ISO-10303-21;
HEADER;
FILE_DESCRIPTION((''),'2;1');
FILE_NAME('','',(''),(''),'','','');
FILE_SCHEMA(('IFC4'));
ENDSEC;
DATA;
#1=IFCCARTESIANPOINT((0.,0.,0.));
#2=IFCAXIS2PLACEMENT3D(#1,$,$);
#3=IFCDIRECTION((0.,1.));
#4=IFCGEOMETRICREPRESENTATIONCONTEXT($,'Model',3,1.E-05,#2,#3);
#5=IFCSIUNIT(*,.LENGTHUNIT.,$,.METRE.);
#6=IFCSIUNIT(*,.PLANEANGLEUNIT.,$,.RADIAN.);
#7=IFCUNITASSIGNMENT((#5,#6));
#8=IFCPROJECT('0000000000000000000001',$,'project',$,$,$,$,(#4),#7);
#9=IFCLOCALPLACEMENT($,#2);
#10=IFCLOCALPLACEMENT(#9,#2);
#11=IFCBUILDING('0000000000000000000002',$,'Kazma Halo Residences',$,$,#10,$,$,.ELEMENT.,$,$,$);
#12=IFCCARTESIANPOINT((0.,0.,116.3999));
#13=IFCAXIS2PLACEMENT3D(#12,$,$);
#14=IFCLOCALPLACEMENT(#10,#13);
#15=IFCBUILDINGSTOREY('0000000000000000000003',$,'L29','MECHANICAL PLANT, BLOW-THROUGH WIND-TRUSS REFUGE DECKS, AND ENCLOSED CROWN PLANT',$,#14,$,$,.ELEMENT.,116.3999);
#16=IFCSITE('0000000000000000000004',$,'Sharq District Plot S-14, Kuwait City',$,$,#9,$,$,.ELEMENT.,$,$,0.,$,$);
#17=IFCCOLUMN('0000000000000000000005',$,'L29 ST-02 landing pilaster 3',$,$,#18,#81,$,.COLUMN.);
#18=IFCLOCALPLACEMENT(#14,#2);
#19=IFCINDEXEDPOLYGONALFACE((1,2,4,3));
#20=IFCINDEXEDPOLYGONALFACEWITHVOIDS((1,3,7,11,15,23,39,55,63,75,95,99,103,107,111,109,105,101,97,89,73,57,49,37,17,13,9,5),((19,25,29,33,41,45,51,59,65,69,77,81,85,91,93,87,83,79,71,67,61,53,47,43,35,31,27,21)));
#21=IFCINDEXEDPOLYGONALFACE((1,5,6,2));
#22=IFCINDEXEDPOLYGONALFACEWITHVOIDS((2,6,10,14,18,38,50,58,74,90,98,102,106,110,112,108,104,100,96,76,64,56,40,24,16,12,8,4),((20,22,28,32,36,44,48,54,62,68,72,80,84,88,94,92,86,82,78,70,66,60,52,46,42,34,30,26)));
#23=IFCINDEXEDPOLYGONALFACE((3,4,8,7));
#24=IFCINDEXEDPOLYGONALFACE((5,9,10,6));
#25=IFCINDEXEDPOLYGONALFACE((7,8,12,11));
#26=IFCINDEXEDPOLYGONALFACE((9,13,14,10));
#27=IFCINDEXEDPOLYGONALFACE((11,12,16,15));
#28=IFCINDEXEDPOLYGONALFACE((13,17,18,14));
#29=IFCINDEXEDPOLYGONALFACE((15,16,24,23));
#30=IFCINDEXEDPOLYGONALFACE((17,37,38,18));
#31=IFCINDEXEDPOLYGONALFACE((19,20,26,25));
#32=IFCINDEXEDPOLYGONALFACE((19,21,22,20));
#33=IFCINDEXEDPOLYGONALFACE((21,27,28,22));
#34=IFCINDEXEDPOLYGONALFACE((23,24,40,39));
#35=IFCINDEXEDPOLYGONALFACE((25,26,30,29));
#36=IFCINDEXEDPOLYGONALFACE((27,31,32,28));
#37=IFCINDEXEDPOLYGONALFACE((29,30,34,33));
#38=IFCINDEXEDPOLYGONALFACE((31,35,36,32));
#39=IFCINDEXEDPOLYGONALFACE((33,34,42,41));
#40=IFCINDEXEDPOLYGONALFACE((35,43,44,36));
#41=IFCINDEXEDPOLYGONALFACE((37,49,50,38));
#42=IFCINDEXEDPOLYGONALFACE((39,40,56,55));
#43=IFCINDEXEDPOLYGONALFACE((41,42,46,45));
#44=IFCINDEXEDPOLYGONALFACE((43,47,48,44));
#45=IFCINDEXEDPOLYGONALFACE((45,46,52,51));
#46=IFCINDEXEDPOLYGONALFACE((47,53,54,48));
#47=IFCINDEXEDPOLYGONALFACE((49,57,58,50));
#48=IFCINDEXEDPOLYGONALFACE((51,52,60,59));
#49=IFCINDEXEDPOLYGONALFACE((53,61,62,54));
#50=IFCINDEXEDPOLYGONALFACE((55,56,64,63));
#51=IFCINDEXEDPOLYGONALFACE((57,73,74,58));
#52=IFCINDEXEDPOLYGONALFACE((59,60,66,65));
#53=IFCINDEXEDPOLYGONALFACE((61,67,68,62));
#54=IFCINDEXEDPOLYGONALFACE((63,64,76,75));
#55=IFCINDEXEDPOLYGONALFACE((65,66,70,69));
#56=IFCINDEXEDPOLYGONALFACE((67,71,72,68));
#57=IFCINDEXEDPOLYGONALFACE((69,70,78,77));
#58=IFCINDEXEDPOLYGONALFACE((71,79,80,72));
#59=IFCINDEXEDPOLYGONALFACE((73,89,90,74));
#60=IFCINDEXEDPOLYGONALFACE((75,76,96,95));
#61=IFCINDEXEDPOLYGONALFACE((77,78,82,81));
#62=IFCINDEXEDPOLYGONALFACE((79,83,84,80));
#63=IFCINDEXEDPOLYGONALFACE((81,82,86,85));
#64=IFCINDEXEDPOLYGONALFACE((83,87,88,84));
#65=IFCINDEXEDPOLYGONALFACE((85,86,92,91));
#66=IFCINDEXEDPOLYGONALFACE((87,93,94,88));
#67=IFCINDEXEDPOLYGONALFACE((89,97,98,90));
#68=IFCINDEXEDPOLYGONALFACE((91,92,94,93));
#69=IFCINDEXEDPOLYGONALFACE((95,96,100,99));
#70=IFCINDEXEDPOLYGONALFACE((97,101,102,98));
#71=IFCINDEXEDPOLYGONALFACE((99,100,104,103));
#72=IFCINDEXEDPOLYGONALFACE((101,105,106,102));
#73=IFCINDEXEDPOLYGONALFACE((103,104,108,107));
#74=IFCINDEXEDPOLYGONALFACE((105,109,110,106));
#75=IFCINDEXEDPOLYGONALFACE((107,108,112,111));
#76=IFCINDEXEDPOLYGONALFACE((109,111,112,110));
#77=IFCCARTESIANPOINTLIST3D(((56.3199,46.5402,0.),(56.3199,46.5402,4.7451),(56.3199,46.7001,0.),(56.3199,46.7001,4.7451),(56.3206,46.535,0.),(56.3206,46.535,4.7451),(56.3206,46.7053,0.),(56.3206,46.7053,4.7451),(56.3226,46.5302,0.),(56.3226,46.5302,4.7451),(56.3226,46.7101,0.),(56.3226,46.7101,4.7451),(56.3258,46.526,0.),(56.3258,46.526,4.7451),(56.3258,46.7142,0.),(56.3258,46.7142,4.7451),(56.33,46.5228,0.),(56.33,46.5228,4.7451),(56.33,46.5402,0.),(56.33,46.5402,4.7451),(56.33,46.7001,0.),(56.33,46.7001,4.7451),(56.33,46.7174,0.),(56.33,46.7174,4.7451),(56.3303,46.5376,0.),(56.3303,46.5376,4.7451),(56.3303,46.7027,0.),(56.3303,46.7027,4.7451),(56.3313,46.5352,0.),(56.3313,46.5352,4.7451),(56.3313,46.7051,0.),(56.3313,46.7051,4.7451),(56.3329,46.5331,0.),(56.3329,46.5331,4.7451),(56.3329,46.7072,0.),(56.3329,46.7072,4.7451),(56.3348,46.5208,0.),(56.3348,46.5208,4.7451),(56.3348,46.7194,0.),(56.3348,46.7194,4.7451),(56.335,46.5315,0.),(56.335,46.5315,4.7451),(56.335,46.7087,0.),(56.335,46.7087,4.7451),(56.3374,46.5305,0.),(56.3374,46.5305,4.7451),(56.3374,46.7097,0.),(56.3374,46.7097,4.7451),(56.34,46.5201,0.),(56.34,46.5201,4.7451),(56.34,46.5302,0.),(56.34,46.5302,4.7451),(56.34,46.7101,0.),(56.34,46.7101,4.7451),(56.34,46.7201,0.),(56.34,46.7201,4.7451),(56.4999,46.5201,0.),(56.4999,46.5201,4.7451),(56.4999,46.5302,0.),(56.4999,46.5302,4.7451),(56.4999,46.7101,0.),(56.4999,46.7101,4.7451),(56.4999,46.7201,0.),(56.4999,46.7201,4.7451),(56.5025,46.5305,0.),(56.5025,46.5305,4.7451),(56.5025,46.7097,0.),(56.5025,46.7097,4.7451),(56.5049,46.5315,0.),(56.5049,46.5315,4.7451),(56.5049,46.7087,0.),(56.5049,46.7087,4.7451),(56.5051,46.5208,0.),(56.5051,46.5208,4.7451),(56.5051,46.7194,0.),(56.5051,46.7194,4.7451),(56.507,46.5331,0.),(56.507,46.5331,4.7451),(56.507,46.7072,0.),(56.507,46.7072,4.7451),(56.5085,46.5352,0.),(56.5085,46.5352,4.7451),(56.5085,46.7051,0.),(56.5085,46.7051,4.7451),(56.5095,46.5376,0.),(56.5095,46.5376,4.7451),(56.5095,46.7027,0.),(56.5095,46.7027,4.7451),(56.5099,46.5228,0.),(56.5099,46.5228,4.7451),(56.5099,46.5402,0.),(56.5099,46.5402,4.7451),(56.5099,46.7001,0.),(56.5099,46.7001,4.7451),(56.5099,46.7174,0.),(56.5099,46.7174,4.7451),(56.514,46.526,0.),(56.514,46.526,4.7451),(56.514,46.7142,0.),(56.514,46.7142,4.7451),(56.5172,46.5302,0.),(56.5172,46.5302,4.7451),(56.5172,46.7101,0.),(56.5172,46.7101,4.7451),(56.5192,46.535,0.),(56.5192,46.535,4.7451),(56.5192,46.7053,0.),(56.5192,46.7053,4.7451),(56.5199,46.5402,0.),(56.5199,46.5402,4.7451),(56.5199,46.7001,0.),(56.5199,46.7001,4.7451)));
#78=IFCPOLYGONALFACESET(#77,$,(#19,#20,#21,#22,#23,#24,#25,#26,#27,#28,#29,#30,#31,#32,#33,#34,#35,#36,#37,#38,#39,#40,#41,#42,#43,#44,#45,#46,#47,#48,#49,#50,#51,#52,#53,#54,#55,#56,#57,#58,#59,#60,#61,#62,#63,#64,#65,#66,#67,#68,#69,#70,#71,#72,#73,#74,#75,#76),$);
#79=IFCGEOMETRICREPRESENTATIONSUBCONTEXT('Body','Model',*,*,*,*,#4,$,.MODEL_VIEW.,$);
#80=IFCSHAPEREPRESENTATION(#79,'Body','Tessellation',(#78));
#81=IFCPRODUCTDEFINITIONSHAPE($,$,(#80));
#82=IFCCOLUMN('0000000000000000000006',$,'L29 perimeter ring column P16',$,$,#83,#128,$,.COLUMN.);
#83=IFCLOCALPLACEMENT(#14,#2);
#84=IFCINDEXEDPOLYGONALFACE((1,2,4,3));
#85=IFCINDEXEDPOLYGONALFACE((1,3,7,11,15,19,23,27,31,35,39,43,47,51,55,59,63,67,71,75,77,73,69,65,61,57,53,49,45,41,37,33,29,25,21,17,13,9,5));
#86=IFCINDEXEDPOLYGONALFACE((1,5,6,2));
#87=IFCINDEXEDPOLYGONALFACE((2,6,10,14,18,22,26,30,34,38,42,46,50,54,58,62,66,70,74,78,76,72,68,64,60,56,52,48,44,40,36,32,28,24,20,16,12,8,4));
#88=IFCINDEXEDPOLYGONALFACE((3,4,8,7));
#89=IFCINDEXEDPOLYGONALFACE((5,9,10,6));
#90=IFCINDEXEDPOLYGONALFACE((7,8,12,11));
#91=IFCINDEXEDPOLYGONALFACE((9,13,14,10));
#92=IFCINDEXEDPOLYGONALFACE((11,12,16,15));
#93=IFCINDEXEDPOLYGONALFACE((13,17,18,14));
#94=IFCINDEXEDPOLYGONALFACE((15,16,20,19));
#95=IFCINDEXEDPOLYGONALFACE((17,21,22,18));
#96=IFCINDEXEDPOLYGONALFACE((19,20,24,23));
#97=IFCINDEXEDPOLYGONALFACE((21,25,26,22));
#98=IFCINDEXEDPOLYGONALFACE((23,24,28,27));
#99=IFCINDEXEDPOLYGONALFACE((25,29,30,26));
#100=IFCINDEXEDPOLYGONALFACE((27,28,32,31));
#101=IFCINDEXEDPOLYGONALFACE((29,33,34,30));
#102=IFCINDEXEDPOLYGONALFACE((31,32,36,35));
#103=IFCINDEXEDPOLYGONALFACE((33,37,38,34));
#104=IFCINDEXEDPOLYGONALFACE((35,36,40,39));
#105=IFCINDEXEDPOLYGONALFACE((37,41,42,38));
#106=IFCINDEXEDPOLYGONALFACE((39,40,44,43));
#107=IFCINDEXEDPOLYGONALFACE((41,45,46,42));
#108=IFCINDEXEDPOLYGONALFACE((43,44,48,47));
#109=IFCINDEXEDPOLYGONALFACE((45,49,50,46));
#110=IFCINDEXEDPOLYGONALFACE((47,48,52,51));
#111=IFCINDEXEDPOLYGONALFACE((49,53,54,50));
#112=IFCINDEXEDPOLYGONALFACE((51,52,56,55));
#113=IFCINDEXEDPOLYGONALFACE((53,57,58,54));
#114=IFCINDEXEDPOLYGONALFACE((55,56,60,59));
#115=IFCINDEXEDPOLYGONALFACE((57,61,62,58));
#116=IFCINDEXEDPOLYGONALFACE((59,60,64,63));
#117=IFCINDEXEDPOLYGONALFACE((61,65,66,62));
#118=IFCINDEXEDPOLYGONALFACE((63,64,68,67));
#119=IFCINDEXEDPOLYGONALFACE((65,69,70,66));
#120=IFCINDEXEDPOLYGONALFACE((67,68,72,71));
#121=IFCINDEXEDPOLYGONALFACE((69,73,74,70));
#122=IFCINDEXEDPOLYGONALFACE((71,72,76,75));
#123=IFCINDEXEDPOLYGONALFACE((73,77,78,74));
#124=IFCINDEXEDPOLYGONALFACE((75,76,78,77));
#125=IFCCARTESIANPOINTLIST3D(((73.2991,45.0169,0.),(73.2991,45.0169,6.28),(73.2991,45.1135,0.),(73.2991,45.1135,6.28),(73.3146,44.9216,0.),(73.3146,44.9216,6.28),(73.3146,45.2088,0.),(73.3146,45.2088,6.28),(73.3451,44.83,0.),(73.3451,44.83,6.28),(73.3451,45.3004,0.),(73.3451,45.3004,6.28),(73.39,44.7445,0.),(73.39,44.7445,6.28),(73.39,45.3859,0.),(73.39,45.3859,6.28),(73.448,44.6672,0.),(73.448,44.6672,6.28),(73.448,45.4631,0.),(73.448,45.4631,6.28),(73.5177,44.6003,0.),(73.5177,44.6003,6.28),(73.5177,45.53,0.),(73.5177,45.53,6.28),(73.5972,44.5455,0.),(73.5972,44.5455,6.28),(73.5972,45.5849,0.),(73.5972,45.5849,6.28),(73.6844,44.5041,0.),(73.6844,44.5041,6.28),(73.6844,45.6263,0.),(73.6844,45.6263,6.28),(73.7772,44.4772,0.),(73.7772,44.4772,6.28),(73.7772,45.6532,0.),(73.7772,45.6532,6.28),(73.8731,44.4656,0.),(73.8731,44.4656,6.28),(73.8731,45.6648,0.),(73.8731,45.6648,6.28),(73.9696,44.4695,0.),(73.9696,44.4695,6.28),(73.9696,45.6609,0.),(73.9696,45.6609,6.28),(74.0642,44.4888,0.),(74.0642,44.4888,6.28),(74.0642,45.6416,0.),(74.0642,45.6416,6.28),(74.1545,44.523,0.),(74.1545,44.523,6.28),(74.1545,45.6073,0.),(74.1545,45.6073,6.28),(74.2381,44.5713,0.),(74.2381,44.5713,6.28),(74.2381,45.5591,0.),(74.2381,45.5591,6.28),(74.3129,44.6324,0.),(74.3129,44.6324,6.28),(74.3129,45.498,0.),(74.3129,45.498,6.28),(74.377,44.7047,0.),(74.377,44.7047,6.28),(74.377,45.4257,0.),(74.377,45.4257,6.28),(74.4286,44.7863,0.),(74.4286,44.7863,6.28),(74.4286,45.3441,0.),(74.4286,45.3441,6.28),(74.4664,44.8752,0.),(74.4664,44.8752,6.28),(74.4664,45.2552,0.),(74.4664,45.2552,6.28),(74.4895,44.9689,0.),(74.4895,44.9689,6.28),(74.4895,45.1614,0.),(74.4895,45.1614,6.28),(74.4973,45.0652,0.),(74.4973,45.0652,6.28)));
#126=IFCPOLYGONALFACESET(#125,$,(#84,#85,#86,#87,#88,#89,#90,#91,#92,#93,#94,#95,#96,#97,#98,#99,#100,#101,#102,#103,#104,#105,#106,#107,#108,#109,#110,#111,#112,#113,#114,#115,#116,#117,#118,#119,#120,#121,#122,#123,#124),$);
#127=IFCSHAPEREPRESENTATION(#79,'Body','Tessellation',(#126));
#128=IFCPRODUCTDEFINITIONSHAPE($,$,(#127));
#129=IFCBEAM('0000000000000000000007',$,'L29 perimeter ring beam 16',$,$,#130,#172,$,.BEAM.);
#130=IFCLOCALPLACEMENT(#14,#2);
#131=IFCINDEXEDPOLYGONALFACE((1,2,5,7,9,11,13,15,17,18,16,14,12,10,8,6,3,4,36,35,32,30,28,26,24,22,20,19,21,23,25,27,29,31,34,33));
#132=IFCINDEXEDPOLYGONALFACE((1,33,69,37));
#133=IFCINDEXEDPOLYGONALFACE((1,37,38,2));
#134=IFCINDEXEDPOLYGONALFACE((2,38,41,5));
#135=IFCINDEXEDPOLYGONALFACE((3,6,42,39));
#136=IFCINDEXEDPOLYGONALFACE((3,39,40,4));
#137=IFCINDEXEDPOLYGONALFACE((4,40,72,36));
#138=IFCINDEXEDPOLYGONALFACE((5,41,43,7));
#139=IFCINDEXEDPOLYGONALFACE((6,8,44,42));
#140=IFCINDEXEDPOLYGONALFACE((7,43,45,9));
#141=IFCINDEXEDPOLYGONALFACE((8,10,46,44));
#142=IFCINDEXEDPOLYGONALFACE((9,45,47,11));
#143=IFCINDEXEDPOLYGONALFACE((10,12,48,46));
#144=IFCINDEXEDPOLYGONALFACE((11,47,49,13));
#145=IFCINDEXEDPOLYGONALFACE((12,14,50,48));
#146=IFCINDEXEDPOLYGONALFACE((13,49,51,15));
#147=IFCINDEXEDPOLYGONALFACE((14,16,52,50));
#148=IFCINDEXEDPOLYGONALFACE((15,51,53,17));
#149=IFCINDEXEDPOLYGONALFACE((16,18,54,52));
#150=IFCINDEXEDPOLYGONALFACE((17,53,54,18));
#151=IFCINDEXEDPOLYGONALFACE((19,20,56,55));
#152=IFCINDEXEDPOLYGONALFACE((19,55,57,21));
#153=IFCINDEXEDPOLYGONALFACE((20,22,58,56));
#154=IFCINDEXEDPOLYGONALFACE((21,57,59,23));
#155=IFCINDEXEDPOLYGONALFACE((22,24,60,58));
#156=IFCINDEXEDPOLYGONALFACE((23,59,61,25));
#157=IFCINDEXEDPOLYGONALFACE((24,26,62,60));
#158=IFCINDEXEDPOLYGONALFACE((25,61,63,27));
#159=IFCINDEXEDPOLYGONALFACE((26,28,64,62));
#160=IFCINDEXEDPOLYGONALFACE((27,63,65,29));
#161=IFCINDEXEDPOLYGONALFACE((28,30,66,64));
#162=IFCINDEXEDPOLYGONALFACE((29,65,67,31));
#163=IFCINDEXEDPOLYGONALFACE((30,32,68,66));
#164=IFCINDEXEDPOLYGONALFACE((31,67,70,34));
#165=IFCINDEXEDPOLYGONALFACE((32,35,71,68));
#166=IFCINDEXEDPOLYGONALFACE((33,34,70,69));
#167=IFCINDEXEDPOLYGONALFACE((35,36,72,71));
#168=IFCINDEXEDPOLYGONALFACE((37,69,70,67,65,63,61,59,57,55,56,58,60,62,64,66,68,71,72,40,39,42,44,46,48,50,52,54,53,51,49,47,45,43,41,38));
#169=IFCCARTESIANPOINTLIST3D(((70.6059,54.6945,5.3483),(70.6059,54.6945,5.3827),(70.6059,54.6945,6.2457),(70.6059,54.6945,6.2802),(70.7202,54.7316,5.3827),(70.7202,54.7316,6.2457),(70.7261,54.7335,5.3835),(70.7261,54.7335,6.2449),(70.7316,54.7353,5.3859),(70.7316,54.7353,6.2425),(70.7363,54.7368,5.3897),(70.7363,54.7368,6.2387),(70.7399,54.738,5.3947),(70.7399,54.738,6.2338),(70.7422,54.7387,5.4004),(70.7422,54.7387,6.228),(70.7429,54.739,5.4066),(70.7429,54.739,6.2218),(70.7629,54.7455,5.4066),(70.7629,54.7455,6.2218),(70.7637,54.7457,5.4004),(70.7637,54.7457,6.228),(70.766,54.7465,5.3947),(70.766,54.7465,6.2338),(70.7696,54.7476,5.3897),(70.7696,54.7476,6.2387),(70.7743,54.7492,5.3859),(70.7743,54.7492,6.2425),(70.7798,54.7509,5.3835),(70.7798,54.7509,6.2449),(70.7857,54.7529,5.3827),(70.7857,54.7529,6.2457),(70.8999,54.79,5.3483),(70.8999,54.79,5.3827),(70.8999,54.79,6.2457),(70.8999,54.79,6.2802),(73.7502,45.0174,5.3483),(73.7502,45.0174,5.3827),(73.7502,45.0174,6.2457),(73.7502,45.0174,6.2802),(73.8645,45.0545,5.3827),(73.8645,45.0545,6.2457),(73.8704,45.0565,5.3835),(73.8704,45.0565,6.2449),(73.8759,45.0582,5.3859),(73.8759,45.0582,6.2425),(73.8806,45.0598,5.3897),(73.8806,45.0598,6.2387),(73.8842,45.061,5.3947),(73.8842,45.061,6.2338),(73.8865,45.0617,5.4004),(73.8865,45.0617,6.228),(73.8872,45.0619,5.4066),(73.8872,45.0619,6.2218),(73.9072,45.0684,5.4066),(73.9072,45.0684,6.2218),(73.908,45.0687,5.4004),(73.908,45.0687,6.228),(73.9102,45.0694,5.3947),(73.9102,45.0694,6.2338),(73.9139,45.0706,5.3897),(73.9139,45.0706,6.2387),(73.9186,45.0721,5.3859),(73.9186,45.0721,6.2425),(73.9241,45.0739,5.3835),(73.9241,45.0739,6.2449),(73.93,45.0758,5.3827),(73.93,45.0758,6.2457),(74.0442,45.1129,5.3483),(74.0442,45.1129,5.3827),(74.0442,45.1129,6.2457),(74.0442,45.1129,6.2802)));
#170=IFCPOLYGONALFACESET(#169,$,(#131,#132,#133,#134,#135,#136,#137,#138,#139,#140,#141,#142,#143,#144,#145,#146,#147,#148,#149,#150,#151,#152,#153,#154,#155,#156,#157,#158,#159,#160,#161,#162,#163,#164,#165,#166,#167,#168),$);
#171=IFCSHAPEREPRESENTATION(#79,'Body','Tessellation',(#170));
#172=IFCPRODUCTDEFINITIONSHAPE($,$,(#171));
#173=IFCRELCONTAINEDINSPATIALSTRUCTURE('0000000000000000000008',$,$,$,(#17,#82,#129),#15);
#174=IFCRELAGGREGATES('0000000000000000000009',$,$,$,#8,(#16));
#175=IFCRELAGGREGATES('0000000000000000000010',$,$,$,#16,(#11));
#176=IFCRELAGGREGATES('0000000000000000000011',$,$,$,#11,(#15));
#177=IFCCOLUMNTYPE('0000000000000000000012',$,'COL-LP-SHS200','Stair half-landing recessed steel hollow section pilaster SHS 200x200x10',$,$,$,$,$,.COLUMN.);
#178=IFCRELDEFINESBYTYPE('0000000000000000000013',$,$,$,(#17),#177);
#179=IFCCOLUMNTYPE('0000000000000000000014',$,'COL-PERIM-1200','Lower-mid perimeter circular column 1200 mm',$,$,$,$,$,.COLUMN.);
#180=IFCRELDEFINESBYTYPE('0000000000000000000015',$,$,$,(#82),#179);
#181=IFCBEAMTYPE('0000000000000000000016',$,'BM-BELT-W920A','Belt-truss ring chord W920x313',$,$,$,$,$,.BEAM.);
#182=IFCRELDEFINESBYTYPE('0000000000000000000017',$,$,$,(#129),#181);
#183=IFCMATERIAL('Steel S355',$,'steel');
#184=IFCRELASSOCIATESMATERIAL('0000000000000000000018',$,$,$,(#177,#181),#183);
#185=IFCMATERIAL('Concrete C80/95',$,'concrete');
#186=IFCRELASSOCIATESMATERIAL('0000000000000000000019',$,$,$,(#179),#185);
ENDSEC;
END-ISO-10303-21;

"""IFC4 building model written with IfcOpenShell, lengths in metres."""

from ifc_helpers import new_model, si_unit, direction, frame, origin, origin_2d, place, context, subcontext, project, spatial, hollow_rectangle, circle, i_section, extrude, material, material_profile, profile_set, type_object, element, save


model = new_model("IFC4")

# Units and contexts
model_context = context("Model", 3, precision=1e-05, world=origin(), true_north=direction((0.0, 1.0)))
body_context = subcontext(model_context, "Body", "Model", "MODEL_VIEW")
ifc_project = project(units=[si_unit("LENGTHUNIT", "METRE"), si_unit("PLANEANGLEUNIT", "RADIAN")], contexts=[model_context])

# Site, building, storey
site_placement = place(None, origin())
site = spatial("IfcSite", under=ifc_project, at=site_placement, Name="Sharq District Plot S-14, Kuwait City", CompositionType="ELEMENT", RefElevation=0.0)
building_placement = place(site_placement, origin())
building = spatial("IfcBuilding", under=site, at=building_placement, Name="Kazma Halo Residences", CompositionType="ELEMENT")
storey_placement = place(building_placement, frame((0.0, 0.0, 116.3999)))
storey = spatial("IfcBuildingStorey", under=building, at=storey_placement, Name="L29", Description="MECHANICAL PLANT, BLOW-THROUGH WIND-TRUSS REFUGE DECKS, AND ENCLOSED CROWN PLANT", CompositionType="ELEMENT", Elevation=116.3999)

# Columns
ifc_material_1 = material(Name="Steel S355", Category="steel")
ifc_material_profile_1 = material_profile(ifc_material_1, hollow_rectangle(XDim=0.2, YDim=0.2, WallThickness=0.01, InnerFilletRadius=0.01, OuterFilletRadius=0.02, at=origin_2d()), Name="SHS200x200x10")
ifc_profile_set_1 = profile_set([ifc_material_profile_1], Name="Steel S355")
column_type_1 = type_object("IfcColumnType", Name="COL-LP-SHS200", Description="Stair half-landing recessed steel hollow section pilaster SHS 200x200x10", PredefinedType="COLUMN", material=ifc_profile_set_1)
column_1_placement = place(storey_placement, frame((56.4199, 46.6201, 0.0), z_axis=(0.0, 0.0, 1.0), x_axis=(1.0, 0.0, 0.0)))
element("IfcColumn", 1, at=column_1_placement, inside=storey, type_object=column_type_1, Name="L29 ST-02 landing pilaster 3", PredefinedType="COLUMN", context=body_context, shape_type="SweptSolid", body=[
    extrude(hollow_rectangle(XDim=0.2, YDim=0.2, WallThickness=0.01, InnerFilletRadius=0.01, OuterFilletRadius=0.02, at=origin_2d()), origin(), (0.0, 0.0, 1.0), 4.7451),
])
ifc_material_2 = material(Name="Concrete C80/95", Category="concrete")
ifc_material_profile_2 = material_profile(ifc_material_2, circle(Radius=0.6001, at=origin_2d()), Name="CIRC1200")
ifc_profile_set_2 = profile_set([ifc_material_profile_2], Name="Concrete C80/95")
column_type_2 = type_object("IfcColumnType", Name="COL-PERIM-1200", Description="Lower-mid perimeter circular column 1200 mm", PredefinedType="COLUMN", material=ifc_profile_set_2)
column_2_placement = place(storey_placement, frame((73.8972, 45.0652, 0.0), z_axis=(0.0, 0.0, 1.0), x_axis=(1.0, 0.0, 0.0)))
element("IfcColumn", 2, at=column_2_placement, inside=storey, type_object=column_type_2, Name="L29 perimeter ring column P16", PredefinedType="COLUMN", context=body_context, shape_type="SweptSolid", body=[
    extrude(circle(Radius=0.6001, at=origin_2d()), origin(), (0.0, 0.0, 1.0), 6.28),
])

# Beam
ifc_material_profile_3 = material_profile(ifc_material_1, i_section(OverallWidth=0.3091, OverallDepth=0.9319, WebThickness=0.021, FlangeThickness=0.0344, FilletRadius=0.0239, at=origin_2d()), Name="W920x313")
ifc_profile_set_3 = profile_set([ifc_material_profile_3], Name="Steel S355")
beam_type_1 = type_object("IfcBeamType", Name="BM-BELT-W920A", Description="Belt-truss ring chord W920x313", PredefinedType="BEAM", material=ifc_profile_set_3)
beam_1_placement = place(storey_placement, frame((73.8972, 45.0652, 5.8142), z_axis=(-0.30902, 0.951055, 0.0), x_axis=(-0.951055, -0.30902, 0.0)))
element("IfcBeam", 3, at=beam_1_placement, inside=storey, type_object=beam_type_1, Name="L29 perimeter ring beam 16", PredefinedType="BEAM", context=body_context, shape_type="SweptSolid", body=[
    extrude(i_section(OverallWidth=0.3091, OverallDepth=0.9319, WebThickness=0.021, FlangeThickness=0.0344, FilletRadius=0.0239, at=origin_2d()), origin(), (0.0, 0.0, 1.0), 10.175),
])

save(model, "model.ifc")
